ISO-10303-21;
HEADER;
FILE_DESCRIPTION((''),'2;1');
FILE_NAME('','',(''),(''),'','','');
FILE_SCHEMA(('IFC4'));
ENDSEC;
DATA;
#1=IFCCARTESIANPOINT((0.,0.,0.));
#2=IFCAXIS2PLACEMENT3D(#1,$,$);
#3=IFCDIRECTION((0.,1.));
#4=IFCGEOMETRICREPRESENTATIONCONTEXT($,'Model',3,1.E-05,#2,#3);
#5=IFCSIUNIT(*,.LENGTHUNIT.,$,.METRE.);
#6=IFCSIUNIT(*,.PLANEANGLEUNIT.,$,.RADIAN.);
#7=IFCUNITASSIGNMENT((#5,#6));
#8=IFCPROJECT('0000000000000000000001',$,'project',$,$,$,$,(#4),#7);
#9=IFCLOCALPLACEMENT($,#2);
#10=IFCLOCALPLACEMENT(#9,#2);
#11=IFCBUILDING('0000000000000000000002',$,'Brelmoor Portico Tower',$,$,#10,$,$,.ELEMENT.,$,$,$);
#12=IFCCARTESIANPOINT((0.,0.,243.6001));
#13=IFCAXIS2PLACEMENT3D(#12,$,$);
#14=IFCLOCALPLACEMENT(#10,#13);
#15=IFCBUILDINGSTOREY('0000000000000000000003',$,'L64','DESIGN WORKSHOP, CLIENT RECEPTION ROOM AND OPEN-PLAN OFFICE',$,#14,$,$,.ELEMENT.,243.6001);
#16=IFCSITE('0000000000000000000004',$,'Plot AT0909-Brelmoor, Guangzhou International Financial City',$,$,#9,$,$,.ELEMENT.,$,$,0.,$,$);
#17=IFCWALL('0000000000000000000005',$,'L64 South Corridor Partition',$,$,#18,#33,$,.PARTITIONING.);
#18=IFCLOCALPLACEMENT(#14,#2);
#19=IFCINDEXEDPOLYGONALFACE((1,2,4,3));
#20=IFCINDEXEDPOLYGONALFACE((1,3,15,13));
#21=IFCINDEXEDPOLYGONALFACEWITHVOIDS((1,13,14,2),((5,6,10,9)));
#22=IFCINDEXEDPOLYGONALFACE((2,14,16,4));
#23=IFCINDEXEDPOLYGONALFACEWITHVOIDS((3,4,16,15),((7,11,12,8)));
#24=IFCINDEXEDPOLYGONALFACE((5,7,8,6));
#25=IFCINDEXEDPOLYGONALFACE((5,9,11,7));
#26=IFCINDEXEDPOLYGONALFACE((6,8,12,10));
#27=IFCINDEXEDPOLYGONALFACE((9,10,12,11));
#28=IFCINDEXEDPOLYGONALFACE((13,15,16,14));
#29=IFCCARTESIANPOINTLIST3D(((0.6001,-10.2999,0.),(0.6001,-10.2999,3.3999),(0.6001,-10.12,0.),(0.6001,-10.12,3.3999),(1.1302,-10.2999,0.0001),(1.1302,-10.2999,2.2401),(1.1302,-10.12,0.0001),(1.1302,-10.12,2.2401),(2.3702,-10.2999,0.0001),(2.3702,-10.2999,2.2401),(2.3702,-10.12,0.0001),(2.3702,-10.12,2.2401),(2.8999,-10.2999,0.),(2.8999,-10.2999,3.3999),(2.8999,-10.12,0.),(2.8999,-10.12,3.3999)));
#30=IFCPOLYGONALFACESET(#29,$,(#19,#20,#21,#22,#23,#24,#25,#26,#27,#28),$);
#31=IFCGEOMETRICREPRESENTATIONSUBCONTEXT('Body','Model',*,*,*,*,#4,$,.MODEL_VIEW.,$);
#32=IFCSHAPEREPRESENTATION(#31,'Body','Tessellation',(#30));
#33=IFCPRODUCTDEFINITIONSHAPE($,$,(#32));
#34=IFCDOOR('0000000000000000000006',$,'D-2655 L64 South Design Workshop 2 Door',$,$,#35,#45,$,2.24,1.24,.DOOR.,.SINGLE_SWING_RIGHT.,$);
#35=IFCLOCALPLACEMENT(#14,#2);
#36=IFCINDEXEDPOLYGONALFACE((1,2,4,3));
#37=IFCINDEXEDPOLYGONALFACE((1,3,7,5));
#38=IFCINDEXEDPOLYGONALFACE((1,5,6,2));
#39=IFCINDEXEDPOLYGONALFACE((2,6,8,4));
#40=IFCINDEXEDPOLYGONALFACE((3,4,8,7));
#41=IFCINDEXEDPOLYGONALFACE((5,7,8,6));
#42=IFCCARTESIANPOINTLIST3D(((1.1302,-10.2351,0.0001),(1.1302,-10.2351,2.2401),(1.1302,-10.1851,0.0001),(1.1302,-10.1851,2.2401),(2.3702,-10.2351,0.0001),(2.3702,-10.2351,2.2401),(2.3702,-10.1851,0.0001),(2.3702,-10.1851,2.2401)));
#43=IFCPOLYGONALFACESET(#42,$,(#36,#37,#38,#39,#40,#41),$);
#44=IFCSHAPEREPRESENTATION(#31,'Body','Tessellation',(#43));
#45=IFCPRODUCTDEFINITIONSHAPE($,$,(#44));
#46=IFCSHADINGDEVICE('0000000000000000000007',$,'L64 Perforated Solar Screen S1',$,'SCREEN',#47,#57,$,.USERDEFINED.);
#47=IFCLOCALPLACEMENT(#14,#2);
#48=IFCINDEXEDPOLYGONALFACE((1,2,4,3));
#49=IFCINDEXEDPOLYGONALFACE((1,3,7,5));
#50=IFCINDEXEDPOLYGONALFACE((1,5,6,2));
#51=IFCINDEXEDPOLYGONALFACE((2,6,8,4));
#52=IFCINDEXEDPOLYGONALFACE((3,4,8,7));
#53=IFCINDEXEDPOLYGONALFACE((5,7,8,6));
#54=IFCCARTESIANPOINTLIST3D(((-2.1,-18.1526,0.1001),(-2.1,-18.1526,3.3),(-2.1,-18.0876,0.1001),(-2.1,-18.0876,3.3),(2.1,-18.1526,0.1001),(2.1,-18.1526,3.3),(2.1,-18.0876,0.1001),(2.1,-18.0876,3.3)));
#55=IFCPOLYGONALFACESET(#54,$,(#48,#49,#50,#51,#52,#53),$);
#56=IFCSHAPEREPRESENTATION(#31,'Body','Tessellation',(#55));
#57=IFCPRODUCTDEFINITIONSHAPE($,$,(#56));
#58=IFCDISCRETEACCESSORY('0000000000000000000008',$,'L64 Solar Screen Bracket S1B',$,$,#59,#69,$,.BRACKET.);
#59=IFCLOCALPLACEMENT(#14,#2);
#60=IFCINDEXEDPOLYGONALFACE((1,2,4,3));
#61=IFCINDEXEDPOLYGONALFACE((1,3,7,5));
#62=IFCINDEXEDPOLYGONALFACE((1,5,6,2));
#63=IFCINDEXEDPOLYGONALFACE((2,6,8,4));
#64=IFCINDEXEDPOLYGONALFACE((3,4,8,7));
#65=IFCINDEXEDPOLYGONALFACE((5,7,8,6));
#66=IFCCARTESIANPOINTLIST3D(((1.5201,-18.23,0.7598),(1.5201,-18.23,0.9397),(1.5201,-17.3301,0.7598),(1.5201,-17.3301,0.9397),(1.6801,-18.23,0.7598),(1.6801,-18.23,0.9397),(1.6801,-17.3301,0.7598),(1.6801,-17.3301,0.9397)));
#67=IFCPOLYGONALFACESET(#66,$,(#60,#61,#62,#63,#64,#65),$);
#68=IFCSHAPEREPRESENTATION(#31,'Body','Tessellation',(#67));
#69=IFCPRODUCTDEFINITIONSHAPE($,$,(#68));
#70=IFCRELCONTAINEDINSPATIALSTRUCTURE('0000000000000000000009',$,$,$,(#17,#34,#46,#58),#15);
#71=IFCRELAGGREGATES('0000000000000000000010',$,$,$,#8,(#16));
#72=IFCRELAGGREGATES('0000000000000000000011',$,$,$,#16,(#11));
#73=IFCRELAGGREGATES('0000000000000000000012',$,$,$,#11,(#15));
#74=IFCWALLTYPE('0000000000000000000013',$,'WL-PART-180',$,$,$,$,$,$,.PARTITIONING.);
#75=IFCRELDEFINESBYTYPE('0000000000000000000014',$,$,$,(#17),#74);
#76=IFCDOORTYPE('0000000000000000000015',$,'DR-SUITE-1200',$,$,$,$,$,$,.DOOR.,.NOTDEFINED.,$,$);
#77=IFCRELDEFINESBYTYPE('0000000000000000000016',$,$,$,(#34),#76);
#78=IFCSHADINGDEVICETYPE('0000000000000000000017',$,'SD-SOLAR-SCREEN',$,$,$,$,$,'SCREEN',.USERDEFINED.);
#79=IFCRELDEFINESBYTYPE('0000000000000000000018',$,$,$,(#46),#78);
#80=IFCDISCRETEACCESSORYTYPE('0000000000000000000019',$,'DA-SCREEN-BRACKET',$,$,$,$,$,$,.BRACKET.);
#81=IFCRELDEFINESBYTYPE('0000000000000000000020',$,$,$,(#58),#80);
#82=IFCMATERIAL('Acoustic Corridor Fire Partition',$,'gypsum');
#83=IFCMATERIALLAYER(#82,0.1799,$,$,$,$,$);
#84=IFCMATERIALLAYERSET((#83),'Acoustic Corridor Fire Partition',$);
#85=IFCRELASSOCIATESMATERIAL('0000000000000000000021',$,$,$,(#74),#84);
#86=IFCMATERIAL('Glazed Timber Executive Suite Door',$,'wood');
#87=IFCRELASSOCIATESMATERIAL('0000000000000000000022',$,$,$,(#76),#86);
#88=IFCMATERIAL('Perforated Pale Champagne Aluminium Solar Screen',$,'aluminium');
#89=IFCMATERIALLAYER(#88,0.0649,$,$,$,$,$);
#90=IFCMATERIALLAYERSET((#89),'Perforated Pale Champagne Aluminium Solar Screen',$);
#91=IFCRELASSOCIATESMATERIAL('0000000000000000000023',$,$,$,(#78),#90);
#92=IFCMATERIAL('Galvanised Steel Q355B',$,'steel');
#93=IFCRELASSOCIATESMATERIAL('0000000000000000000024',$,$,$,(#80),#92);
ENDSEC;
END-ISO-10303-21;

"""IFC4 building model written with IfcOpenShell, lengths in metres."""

from ifc_helpers import new_model, si_unit, direction, frame, frame_2d, origin, origin_2d, place, context, subcontext, project, spatial, rectangle, extrude, material, layer, layer_set, type_object, element, fill, save


model = new_model("IFC4")

# Units and contexts
model_context = context("Model", 3, precision=1e-05, world=origin(), true_north=direction((0.0, 1.0)))
body_context = subcontext(model_context, "Body", "Model", "MODEL_VIEW")
ifc_project = project(units=[si_unit("LENGTHUNIT", "METRE"), si_unit("PLANEANGLEUNIT", "RADIAN")], contexts=[model_context])

# Site, building, storey
site_placement = place(None, origin())
site = spatial("IfcSite", under=ifc_project, at=site_placement, Name="Plot AT0909-Brelmoor, Guangzhou International Financial City", CompositionType="ELEMENT", RefElevation=0.0)
building_placement = place(site_placement, origin())
building = spatial("IfcBuilding", under=site, at=building_placement, Name="Brelmoor Portico Tower", CompositionType="ELEMENT")
storey_placement = place(building_placement, frame((0.0, 0.0, 243.6001)))
storey = spatial("IfcBuildingStorey", under=building, at=storey_placement, Name="L64", Description="DESIGN WORKSHOP, CLIENT RECEPTION ROOM AND OPEN-PLAN OFFICE", CompositionType="ELEMENT", Elevation=243.6001)

# Wall, opening, door
ifc_material_1 = material(Name="Acoustic Corridor Fire Partition", Category="gypsum")
ifc_layer_1 = layer(ifc_material_1, 0.1799)
ifc_layer_set_1 = layer_set([ifc_layer_1], Name="Acoustic Corridor Fire Partition")
wall_type_1 = type_object("IfcWallType", Name="WL-PART-180", PredefinedType="PARTITIONING", material=ifc_layer_set_1)
wall_1_placement = place(storey_placement, frame((0.6001, -10.21, 0.0), z_axis=(0.0, 0.0, 1.0), x_axis=(1.0, 0.0, 0.0)))
wall_1 = element("IfcWall", 1, at=wall_1_placement, inside=storey, type_object=wall_type_1, Name="L64 South Corridor Partition", PredefinedType="PARTITIONING", context=body_context, shape_type="SweptSolid", body=[
    extrude(rectangle(XDim=2.2998, YDim=0.1799, at=frame_2d((1.1499, 0.0))), origin(), (0.0, 0.0, 1.0), 3.3999),
])
opening_1_placement = place(wall_1_placement, frame((0.53, 0.0, 0.0)))
opening_1 = element("IfcOpeningElement", 2, at=opening_1_placement, cuts=wall_1, PredefinedType="OPENING", context=body_context, shape_type="SweptSolid", body=[
    extrude(rectangle(XDim=1.24, YDim=2.24, at=frame_2d((0.6201, 1.1201))), frame((0.0, 0.0999, 0.0), z_axis=(0.0, -1.0, 0.0), x_axis=(1.0, 0.0, 0.0)), (0.0, 0.0, 1.0), 0.2),
])
ifc_material_2 = material(Name="Glazed Timber Executive Suite Door", Category="wood")
door_type_1 = type_object("IfcDoorType", Name="DR-SUITE-1200", OperationType="NOTDEFINED", PredefinedType="DOOR", material=ifc_material_2)
door_1_placement = place(opening_1_placement, origin())
door_1 = element("IfcDoor", 3, at=door_1_placement, inside=storey, type_object=door_type_1, Name="D-2655 L64 South Design Workshop 2 Door", OperationType="SINGLE_SWING_RIGHT", OverallHeight=2.24, OverallWidth=1.24, PredefinedType="DOOR", context=body_context, shape_type="SweptSolid", body=[
    extrude(rectangle(XDim=1.24, YDim=2.24, at=frame_2d((0.6201, 1.1201))), frame((0.0, 0.0249, 0.0), z_axis=(0.0, -1.0, 0.0), x_axis=(1.0, 0.0, 0.0)), (0.0, 0.0, 1.0), 0.05),
])
fill(opening_1, door_1)

# Shading device
ifc_material_3 = material(Name="Perforated Pale Champagne Aluminium Solar Screen", Category="aluminium")
ifc_layer_2 = layer(ifc_material_3, 0.0649)
ifc_layer_set_2 = layer_set([ifc_layer_2], Name="Perforated Pale Champagne Aluminium Solar Screen")
shading_device_type = type_object("IfcShadingDeviceType", Name="SD-SOLAR-SCREEN", ElementType="SCREEN", PredefinedType="USERDEFINED", material=ifc_layer_set_2)
shading_device_placement = place(storey_placement, frame((0.0, -18.1201, 0.1001), z_axis=(0.0, 0.0, 1.0), x_axis=(1.0, 0.0, 0.0)))
element("IfcShadingDevice", 4, at=shading_device_placement, inside=storey, type_object=shading_device_type, Name="L64 Perforated Solar Screen S1", ObjectType="SCREEN", PredefinedType="USERDEFINED", context=body_context, shape_type="SweptSolid", body=[
    extrude(rectangle(XDim=4.2, YDim=0.0649, at=origin_2d()), origin(), (0.0, 0.0, 1.0), 3.2),
])

# Discrete accessory
ifc_material_4 = material(Name="Galvanised Steel Q355B", Category="steel")
discrete_accessory_type = type_object("IfcDiscreteAccessoryType", Name="DA-SCREEN-BRACKET", PredefinedType="BRACKET", material=ifc_material_4)
discrete_accessory_placement = place(storey_placement, frame((1.6001, -17.78, 0.7598), z_axis=(0.0, 0.0, 1.0), x_axis=(1.0, 0.0, 0.0)))
element("IfcDiscreteAccessory", 5, at=discrete_accessory_placement, inside=storey, type_object=discrete_accessory_type, Name="L64 Solar Screen Bracket S1B", PredefinedType="BRACKET", context=body_context, shape_type="SweptSolid", body=[
    extrude(rectangle(XDim=0.1599, YDim=0.8999, at=origin_2d()), origin(), (0.0, 0.0, 1.0), 0.1799),
])

save(model, "model.ifc")
